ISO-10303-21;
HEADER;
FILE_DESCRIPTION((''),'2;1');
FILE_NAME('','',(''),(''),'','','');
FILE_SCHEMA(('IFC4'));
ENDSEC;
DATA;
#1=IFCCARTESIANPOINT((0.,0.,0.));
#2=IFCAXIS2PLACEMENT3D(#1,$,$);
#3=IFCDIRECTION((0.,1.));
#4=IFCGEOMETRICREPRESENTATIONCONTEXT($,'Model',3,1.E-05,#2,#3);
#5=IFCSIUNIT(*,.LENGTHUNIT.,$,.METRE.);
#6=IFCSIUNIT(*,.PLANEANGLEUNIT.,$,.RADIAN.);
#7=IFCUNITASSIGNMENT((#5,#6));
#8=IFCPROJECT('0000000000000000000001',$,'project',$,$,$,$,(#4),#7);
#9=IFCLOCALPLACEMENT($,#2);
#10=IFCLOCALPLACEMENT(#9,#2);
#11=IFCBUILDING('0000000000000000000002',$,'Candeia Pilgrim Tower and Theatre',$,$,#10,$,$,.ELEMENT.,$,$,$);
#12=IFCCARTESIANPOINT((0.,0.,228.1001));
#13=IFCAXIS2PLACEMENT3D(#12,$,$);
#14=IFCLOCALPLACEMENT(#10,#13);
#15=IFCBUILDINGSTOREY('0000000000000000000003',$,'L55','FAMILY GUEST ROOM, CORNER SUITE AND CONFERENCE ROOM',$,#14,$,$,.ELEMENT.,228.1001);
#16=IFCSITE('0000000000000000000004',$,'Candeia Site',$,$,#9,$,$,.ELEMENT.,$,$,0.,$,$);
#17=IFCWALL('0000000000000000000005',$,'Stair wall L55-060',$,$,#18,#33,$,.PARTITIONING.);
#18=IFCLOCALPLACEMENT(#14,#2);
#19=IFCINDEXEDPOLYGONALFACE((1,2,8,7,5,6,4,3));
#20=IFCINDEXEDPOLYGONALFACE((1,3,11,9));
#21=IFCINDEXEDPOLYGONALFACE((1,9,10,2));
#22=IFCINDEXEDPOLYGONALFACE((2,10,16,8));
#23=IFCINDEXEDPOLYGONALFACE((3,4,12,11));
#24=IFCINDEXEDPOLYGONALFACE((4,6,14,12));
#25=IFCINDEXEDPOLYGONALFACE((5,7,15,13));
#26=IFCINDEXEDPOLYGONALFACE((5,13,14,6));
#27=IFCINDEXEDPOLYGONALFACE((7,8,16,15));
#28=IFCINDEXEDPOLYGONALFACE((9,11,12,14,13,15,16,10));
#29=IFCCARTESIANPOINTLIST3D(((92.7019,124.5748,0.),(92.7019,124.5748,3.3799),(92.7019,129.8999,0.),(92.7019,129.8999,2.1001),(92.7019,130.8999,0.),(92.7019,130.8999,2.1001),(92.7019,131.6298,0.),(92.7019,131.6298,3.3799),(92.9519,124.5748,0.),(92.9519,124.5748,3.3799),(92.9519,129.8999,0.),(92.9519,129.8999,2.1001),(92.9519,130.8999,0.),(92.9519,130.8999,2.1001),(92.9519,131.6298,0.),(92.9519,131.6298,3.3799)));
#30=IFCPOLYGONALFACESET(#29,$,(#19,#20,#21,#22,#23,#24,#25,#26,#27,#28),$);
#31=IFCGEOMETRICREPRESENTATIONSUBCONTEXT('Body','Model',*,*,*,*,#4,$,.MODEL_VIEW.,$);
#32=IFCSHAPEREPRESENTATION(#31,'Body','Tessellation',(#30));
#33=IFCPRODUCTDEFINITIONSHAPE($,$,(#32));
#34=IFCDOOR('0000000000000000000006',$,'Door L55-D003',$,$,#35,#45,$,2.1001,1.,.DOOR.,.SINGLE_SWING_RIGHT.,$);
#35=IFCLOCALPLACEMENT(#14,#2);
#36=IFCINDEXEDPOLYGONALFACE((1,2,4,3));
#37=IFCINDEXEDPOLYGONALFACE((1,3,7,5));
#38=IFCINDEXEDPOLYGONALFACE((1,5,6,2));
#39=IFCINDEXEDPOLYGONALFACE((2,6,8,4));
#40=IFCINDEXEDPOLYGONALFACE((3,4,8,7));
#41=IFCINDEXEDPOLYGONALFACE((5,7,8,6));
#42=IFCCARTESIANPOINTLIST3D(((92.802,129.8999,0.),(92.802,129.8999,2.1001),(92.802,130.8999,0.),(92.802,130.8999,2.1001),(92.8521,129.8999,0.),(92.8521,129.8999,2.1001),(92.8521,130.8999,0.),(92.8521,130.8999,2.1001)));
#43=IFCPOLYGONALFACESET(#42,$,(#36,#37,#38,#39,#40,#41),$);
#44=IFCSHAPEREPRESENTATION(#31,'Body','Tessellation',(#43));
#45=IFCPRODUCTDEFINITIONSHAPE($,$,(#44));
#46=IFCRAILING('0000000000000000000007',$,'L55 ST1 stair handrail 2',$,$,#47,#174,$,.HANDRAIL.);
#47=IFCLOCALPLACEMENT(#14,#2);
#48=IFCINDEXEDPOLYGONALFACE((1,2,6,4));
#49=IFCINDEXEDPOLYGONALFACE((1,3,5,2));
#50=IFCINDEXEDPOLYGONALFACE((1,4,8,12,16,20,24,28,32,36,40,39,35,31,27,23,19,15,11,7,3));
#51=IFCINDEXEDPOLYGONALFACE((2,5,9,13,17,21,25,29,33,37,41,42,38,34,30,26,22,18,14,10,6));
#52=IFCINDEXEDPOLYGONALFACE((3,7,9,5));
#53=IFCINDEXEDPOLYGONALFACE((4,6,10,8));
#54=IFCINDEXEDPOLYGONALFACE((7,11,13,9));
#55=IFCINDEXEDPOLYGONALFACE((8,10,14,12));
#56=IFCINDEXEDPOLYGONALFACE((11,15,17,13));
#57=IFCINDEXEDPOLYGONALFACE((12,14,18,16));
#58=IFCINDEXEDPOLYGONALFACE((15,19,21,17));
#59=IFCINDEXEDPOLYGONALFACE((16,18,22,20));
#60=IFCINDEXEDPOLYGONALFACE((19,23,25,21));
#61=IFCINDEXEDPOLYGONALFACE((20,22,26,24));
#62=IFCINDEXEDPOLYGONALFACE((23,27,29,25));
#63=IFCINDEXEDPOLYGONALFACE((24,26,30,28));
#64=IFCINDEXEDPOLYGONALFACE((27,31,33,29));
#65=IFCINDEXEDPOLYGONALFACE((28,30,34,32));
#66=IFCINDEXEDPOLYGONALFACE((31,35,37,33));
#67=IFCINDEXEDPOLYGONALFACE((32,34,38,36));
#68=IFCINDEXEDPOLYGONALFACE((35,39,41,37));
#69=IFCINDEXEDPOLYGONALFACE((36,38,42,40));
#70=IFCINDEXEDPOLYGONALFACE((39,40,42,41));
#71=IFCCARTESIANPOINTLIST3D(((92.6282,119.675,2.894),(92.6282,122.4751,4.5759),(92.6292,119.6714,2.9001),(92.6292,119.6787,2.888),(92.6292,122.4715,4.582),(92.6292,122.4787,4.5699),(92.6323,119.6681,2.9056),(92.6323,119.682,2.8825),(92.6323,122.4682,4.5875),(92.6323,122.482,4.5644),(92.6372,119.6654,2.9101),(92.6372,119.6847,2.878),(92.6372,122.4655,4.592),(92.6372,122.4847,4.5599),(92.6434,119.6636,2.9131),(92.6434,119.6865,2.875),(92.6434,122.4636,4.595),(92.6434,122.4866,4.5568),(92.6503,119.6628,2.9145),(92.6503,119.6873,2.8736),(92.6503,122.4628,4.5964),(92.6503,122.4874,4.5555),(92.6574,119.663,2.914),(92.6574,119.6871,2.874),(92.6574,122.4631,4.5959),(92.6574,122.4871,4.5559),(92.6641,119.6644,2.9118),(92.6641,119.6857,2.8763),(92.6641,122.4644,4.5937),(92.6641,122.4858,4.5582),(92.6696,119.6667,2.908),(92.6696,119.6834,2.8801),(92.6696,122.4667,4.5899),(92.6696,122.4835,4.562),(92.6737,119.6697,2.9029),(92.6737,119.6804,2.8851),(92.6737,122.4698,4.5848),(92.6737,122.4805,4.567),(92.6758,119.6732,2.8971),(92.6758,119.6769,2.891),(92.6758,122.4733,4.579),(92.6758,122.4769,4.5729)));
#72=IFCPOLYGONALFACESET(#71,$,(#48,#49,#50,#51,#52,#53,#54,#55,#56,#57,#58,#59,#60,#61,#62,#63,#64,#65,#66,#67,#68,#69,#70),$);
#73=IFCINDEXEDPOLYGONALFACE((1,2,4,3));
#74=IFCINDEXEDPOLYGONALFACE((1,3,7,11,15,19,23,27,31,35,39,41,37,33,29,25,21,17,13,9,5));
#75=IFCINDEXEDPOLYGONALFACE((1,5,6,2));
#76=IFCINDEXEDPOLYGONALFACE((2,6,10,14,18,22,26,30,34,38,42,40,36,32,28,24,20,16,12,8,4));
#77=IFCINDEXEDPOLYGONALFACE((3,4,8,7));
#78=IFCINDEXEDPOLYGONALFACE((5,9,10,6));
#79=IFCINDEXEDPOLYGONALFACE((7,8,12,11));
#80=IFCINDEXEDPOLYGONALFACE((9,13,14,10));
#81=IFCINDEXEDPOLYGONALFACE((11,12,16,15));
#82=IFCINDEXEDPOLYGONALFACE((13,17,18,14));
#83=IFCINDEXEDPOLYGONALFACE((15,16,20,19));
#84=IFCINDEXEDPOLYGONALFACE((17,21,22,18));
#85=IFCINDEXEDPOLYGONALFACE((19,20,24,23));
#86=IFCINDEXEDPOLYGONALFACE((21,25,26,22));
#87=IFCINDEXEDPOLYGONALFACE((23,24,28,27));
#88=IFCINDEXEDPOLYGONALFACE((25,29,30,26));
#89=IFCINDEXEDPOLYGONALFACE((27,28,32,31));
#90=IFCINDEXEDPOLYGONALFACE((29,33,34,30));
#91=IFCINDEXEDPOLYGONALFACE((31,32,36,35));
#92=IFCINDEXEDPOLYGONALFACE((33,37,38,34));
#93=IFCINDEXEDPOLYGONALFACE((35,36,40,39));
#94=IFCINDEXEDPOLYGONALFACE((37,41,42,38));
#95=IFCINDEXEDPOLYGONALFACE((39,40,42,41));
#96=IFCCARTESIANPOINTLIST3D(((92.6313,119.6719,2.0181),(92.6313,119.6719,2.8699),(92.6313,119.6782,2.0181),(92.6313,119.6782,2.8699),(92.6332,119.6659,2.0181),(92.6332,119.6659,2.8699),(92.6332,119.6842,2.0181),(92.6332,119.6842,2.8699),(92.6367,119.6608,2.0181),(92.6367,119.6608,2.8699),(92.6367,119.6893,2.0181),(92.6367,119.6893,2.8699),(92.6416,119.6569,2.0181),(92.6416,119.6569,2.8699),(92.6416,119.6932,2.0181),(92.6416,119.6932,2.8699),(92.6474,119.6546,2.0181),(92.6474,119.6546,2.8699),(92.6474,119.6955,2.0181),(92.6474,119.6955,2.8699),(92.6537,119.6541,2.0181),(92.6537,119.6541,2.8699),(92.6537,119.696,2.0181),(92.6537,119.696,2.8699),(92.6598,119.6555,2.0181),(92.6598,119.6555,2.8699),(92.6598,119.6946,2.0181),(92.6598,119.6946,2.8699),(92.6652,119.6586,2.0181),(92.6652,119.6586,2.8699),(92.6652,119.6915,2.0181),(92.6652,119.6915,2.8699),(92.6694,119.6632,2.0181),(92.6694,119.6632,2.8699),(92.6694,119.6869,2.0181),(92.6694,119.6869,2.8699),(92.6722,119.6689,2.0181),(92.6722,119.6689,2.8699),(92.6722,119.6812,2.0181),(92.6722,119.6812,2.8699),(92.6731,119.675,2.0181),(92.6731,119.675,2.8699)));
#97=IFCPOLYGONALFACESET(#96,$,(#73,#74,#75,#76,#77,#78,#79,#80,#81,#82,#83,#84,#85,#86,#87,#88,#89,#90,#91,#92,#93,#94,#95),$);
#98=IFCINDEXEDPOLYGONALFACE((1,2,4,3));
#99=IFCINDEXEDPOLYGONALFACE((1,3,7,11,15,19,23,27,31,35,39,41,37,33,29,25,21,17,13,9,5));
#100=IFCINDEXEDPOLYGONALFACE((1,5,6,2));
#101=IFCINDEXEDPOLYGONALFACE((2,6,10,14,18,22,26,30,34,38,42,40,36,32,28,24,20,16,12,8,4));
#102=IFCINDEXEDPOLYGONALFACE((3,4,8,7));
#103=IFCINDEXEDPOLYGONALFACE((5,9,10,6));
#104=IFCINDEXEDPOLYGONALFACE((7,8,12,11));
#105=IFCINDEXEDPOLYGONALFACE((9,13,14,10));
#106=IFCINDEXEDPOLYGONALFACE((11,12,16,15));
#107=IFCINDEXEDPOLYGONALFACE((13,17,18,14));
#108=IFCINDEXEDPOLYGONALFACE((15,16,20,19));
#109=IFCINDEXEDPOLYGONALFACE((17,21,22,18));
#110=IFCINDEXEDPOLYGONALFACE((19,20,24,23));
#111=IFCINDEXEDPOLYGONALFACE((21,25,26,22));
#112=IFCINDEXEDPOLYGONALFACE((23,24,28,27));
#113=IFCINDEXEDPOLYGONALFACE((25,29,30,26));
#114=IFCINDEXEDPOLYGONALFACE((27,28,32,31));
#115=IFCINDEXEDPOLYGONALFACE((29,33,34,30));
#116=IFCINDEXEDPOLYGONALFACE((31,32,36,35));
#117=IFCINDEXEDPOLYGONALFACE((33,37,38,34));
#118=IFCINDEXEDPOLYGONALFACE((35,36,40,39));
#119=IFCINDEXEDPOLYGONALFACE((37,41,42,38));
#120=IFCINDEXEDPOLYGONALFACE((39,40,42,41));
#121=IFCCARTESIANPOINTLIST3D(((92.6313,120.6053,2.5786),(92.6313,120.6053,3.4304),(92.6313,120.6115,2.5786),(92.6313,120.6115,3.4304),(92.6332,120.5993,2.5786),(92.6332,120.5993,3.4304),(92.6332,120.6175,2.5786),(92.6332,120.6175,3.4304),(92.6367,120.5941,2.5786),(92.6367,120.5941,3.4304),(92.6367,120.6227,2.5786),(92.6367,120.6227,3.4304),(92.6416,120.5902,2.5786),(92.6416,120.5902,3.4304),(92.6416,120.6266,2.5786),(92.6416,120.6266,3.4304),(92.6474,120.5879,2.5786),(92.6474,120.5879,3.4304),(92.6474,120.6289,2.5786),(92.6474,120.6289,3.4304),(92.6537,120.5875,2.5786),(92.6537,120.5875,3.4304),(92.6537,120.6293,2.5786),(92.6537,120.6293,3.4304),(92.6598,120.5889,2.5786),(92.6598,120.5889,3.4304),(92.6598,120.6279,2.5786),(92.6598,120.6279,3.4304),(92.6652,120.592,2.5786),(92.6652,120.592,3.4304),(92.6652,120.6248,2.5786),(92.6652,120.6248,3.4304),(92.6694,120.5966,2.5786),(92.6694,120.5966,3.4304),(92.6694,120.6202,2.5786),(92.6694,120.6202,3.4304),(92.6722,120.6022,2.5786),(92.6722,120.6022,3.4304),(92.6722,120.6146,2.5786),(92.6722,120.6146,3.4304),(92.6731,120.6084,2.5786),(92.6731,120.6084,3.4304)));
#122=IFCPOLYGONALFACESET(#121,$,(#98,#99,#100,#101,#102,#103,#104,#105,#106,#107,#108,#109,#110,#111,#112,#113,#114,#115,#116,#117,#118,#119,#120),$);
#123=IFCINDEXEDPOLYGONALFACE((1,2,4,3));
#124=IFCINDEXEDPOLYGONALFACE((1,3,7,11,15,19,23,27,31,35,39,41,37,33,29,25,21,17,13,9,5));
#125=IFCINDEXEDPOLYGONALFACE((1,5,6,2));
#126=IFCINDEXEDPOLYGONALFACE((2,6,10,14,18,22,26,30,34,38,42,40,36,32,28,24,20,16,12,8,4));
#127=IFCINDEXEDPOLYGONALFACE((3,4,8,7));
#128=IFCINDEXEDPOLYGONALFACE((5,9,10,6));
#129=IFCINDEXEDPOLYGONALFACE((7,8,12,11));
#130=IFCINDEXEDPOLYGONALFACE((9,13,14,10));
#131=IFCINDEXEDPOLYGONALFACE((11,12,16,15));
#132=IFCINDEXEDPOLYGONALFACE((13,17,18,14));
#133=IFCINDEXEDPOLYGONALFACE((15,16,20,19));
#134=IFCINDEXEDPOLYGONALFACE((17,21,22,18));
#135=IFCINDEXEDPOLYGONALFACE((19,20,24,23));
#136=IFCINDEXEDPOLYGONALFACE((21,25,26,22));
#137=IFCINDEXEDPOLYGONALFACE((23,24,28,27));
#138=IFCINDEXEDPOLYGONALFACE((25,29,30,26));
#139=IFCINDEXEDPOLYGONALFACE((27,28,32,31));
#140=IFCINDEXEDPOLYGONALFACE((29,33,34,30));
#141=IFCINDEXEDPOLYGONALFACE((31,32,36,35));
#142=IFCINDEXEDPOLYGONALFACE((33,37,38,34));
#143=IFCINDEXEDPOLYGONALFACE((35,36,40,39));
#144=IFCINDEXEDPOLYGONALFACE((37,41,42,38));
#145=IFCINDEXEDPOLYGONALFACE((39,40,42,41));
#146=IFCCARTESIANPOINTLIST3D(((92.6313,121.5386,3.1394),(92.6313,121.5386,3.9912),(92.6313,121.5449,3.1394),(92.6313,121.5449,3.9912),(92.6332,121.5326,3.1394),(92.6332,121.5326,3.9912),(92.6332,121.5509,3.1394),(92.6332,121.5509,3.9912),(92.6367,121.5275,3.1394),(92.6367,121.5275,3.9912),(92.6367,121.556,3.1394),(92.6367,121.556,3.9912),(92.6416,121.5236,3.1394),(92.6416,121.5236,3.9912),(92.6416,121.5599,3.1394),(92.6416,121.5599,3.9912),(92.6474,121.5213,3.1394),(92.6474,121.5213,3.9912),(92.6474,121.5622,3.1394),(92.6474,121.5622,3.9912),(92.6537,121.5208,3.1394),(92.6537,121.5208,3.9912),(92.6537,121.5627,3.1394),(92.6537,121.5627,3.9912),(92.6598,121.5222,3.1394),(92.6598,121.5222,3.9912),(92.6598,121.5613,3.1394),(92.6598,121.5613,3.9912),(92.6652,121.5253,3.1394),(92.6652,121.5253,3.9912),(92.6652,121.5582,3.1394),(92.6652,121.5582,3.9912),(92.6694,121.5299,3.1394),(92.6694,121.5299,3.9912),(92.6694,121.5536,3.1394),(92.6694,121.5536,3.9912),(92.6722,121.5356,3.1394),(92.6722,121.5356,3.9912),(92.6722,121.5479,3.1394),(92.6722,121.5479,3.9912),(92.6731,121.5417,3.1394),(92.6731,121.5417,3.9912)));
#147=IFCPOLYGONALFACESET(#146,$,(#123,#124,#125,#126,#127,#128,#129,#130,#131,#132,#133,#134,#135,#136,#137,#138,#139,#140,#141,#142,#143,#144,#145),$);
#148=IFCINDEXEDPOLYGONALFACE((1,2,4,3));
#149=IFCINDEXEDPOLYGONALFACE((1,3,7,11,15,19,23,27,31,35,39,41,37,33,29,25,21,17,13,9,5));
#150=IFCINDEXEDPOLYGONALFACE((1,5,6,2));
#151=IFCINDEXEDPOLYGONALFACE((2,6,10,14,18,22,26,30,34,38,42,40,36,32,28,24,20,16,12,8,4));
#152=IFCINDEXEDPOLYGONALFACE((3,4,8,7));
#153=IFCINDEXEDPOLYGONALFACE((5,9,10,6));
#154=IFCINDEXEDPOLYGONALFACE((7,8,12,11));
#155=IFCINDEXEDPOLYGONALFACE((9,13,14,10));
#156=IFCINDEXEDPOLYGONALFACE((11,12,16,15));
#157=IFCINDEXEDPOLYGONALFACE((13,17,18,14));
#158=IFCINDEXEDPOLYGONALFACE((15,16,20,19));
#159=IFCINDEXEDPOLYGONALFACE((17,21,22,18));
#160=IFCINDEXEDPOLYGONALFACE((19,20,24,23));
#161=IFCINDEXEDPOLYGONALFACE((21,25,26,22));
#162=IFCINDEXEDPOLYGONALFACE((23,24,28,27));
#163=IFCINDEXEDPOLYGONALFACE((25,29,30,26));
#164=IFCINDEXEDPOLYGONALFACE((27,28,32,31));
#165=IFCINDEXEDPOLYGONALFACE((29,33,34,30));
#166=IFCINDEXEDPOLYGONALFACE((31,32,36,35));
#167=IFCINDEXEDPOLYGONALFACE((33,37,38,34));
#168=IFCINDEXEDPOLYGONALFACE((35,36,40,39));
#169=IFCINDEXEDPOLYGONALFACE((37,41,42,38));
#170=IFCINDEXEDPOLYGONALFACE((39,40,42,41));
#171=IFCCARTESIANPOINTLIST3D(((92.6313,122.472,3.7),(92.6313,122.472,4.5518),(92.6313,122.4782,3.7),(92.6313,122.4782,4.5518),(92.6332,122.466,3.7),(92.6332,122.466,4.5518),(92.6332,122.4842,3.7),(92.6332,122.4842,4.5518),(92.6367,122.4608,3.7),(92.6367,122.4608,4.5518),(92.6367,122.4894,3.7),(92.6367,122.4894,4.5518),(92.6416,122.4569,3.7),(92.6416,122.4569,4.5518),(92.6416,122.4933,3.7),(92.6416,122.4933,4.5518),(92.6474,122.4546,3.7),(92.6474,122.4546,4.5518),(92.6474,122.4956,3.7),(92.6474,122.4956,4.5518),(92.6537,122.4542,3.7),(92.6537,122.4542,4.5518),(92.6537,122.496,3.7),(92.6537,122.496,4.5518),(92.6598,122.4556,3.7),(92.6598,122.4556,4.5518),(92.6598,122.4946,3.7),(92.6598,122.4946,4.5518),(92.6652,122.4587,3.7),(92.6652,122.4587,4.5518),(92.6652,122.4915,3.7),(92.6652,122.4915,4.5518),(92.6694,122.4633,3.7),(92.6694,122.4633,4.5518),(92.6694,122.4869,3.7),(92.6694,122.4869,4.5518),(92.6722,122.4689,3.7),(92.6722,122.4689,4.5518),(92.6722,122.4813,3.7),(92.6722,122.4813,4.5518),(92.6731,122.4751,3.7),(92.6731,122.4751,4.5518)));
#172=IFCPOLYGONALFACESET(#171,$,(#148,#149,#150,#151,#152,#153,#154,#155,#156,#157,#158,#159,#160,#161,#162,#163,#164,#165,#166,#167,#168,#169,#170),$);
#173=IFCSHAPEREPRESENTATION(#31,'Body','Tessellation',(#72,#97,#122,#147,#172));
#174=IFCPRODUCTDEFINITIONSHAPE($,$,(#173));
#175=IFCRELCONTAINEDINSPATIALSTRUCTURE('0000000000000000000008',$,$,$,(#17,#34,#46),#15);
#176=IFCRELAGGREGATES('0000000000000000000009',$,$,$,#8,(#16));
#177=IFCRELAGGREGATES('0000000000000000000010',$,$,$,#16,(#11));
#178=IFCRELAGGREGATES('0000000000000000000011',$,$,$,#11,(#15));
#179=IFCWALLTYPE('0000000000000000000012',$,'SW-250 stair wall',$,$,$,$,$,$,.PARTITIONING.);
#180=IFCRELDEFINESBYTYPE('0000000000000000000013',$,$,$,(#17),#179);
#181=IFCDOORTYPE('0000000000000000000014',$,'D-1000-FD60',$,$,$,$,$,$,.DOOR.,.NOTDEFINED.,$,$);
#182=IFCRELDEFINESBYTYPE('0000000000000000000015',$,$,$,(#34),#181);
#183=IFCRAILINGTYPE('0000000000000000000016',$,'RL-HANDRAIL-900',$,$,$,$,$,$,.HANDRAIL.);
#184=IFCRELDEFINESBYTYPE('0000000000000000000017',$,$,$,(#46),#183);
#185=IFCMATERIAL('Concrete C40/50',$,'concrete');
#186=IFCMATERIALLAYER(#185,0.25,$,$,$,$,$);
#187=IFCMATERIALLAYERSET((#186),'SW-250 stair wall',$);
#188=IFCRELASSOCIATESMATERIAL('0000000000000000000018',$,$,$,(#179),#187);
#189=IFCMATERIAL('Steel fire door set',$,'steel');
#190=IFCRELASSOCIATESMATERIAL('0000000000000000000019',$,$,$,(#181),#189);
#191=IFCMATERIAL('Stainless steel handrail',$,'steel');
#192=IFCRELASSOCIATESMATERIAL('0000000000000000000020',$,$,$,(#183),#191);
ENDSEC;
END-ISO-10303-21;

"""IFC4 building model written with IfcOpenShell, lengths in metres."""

from ifc_helpers import new_model, si_unit, direction, frame, frame_2d, origin, origin_2d, place, context, subcontext, project, spatial, rectangle, circle, extrude, material, layer, layer_set, type_object, element, fill, save


model = new_model("IFC4")

# Units and contexts
model_context = context("Model", 3, precision=1e-05, world=origin(), true_north=direction((0.0, 1.0)))
body_context = subcontext(model_context, "Body", "Model", "MODEL_VIEW")
ifc_project = project(units=[si_unit("LENGTHUNIT", "METRE"), si_unit("PLANEANGLEUNIT", "RADIAN")], contexts=[model_context])

# Site, building, storey
site_placement = place(None, origin())
site = spatial("IfcSite", under=ifc_project, at=site_placement, Name="Candeia Site", CompositionType="ELEMENT", RefElevation=0.0)
building_placement = place(site_placement, origin())
building = spatial("IfcBuilding", under=site, at=building_placement, Name="Candeia Pilgrim Tower and Theatre", CompositionType="ELEMENT")
storey_placement = place(building_placement, frame((0.0, 0.0, 228.1001)))
storey = spatial("IfcBuildingStorey", under=building, at=storey_placement, Name="L55", Description="FAMILY GUEST ROOM, CORNER SUITE AND CONFERENCE ROOM", CompositionType="ELEMENT", Elevation=228.1001)

# Shared definitions
ifc_material_1 = material(Name="Steel fire door set", Category="steel")

# Shared definitions
ifc_material_2 = material(Name="Concrete C40/50", Category="concrete")

# Wall, opening, door
ifc_layer_1 = layer(ifc_material_2, 0.25)
ifc_layer_set_1 = layer_set([ifc_layer_1], Name="SW-250 stair wall")
wall_type_1 = type_object("IfcWallType", Name="SW-250 stair wall", PredefinedType="PARTITIONING", material=ifc_layer_set_1)
wall_1_placement = place(storey_placement, frame((92.8269, 124.575, 0.0), z_axis=(0.0, 0.0, 1.0), x_axis=(0.0, 1.0, 0.0)))
wall_1 = element("IfcWall", 1, at=wall_1_placement, inside=storey, type_object=wall_type_1, Name="Stair wall L55-060", PredefinedType="PARTITIONING", context=body_context, shape_type="SweptSolid", body=[
    extrude(rectangle(XDim=7.0549, YDim=0.25, at=frame_2d((3.5273, 0.0))), origin(), (0.0, 0.0, 1.0), 3.3799),
])
opening_1_placement = place(wall_1_placement, frame((5.325, 0.0, 0.0)))
opening_1 = element("IfcOpeningElement", 2, at=opening_1_placement, cuts=wall_1, PredefinedType="OPENING", context=body_context, shape_type="SweptSolid", body=[
    extrude(rectangle(XDim=1.0, YDim=2.1001, at=frame_2d((0.5, 1.05))), frame((0.0, 0.135, 0.0), z_axis=(0.0, -1.0, 0.0), x_axis=(1.0, 0.0, 0.0)), (0.0, 0.0, 1.0), 0.27),
])
door_type_1 = type_object("IfcDoorType", Name="D-1000-FD60", OperationType="NOTDEFINED", PredefinedType="DOOR", material=ifc_material_1)
door_1_placement = place(opening_1_placement, origin())
door_1 = element("IfcDoor", 3, at=door_1_placement, inside=storey, type_object=door_type_1, Name="Door L55-D003", OperationType="SINGLE_SWING_RIGHT", OverallHeight=2.1001, OverallWidth=1.0, PredefinedType="DOOR", context=body_context, shape_type="SweptSolid", body=[
    extrude(rectangle(XDim=1.0, YDim=2.1001, at=frame_2d((0.5, 1.05))), frame((0.0, 0.0249, 0.0), z_axis=(0.0, -1.0, 0.0), x_axis=(1.0, 0.0, 0.0)), (0.0, 0.0, 1.0), 0.05),
])
fill(opening_1, door_1)

# Railing
ifc_material_3 = material(Name="Stainless steel handrail", Category="steel")
railing_type = type_object("IfcRailingType", Name="RL-HANDRAIL-900", PredefinedType="HANDRAIL", material=ifc_material_3)
for number, where, name in (
    (4, (92.6521, 119.675, 2.0181), "L55 ST1 stair handrail 2"),
):
    element("IfcRailing", number, at=place(storey_placement, frame(where)), inside=storey, type_object=railing_type, Name=name, PredefinedType="HANDRAIL", context=body_context, shape_type="SweptSolid", body=[
        extrude(circle(Radius=0.0239, at=origin_2d()), frame((0.0, 0.0, 0.876), z_axis=(0.0, 0.857242, 0.514913), x_axis=(-1.0, 0.0, 0.0)), (0.0, 0.0, 1.0), 3.2664),
        extrude(circle(Radius=0.021, at=origin_2d()), origin(), (0.0, 0.0, 1.0), 0.8518),
        extrude(circle(Radius=0.021, at=origin_2d()), frame((0.0, 0.9333, 0.5605)), (0.0, 0.0, 1.0), 0.8518),
        extrude(circle(Radius=0.021, at=origin_2d()), frame((0.0, 1.8667, 1.1213)), (0.0, 0.0, 1.0), 0.8518),
        extrude(circle(Radius=0.021, at=origin_2d()), frame((0.0, 2.8, 1.6819)), (0.0, 0.0, 1.0), 0.8518),
    ])

save(model, "model.ifc")
